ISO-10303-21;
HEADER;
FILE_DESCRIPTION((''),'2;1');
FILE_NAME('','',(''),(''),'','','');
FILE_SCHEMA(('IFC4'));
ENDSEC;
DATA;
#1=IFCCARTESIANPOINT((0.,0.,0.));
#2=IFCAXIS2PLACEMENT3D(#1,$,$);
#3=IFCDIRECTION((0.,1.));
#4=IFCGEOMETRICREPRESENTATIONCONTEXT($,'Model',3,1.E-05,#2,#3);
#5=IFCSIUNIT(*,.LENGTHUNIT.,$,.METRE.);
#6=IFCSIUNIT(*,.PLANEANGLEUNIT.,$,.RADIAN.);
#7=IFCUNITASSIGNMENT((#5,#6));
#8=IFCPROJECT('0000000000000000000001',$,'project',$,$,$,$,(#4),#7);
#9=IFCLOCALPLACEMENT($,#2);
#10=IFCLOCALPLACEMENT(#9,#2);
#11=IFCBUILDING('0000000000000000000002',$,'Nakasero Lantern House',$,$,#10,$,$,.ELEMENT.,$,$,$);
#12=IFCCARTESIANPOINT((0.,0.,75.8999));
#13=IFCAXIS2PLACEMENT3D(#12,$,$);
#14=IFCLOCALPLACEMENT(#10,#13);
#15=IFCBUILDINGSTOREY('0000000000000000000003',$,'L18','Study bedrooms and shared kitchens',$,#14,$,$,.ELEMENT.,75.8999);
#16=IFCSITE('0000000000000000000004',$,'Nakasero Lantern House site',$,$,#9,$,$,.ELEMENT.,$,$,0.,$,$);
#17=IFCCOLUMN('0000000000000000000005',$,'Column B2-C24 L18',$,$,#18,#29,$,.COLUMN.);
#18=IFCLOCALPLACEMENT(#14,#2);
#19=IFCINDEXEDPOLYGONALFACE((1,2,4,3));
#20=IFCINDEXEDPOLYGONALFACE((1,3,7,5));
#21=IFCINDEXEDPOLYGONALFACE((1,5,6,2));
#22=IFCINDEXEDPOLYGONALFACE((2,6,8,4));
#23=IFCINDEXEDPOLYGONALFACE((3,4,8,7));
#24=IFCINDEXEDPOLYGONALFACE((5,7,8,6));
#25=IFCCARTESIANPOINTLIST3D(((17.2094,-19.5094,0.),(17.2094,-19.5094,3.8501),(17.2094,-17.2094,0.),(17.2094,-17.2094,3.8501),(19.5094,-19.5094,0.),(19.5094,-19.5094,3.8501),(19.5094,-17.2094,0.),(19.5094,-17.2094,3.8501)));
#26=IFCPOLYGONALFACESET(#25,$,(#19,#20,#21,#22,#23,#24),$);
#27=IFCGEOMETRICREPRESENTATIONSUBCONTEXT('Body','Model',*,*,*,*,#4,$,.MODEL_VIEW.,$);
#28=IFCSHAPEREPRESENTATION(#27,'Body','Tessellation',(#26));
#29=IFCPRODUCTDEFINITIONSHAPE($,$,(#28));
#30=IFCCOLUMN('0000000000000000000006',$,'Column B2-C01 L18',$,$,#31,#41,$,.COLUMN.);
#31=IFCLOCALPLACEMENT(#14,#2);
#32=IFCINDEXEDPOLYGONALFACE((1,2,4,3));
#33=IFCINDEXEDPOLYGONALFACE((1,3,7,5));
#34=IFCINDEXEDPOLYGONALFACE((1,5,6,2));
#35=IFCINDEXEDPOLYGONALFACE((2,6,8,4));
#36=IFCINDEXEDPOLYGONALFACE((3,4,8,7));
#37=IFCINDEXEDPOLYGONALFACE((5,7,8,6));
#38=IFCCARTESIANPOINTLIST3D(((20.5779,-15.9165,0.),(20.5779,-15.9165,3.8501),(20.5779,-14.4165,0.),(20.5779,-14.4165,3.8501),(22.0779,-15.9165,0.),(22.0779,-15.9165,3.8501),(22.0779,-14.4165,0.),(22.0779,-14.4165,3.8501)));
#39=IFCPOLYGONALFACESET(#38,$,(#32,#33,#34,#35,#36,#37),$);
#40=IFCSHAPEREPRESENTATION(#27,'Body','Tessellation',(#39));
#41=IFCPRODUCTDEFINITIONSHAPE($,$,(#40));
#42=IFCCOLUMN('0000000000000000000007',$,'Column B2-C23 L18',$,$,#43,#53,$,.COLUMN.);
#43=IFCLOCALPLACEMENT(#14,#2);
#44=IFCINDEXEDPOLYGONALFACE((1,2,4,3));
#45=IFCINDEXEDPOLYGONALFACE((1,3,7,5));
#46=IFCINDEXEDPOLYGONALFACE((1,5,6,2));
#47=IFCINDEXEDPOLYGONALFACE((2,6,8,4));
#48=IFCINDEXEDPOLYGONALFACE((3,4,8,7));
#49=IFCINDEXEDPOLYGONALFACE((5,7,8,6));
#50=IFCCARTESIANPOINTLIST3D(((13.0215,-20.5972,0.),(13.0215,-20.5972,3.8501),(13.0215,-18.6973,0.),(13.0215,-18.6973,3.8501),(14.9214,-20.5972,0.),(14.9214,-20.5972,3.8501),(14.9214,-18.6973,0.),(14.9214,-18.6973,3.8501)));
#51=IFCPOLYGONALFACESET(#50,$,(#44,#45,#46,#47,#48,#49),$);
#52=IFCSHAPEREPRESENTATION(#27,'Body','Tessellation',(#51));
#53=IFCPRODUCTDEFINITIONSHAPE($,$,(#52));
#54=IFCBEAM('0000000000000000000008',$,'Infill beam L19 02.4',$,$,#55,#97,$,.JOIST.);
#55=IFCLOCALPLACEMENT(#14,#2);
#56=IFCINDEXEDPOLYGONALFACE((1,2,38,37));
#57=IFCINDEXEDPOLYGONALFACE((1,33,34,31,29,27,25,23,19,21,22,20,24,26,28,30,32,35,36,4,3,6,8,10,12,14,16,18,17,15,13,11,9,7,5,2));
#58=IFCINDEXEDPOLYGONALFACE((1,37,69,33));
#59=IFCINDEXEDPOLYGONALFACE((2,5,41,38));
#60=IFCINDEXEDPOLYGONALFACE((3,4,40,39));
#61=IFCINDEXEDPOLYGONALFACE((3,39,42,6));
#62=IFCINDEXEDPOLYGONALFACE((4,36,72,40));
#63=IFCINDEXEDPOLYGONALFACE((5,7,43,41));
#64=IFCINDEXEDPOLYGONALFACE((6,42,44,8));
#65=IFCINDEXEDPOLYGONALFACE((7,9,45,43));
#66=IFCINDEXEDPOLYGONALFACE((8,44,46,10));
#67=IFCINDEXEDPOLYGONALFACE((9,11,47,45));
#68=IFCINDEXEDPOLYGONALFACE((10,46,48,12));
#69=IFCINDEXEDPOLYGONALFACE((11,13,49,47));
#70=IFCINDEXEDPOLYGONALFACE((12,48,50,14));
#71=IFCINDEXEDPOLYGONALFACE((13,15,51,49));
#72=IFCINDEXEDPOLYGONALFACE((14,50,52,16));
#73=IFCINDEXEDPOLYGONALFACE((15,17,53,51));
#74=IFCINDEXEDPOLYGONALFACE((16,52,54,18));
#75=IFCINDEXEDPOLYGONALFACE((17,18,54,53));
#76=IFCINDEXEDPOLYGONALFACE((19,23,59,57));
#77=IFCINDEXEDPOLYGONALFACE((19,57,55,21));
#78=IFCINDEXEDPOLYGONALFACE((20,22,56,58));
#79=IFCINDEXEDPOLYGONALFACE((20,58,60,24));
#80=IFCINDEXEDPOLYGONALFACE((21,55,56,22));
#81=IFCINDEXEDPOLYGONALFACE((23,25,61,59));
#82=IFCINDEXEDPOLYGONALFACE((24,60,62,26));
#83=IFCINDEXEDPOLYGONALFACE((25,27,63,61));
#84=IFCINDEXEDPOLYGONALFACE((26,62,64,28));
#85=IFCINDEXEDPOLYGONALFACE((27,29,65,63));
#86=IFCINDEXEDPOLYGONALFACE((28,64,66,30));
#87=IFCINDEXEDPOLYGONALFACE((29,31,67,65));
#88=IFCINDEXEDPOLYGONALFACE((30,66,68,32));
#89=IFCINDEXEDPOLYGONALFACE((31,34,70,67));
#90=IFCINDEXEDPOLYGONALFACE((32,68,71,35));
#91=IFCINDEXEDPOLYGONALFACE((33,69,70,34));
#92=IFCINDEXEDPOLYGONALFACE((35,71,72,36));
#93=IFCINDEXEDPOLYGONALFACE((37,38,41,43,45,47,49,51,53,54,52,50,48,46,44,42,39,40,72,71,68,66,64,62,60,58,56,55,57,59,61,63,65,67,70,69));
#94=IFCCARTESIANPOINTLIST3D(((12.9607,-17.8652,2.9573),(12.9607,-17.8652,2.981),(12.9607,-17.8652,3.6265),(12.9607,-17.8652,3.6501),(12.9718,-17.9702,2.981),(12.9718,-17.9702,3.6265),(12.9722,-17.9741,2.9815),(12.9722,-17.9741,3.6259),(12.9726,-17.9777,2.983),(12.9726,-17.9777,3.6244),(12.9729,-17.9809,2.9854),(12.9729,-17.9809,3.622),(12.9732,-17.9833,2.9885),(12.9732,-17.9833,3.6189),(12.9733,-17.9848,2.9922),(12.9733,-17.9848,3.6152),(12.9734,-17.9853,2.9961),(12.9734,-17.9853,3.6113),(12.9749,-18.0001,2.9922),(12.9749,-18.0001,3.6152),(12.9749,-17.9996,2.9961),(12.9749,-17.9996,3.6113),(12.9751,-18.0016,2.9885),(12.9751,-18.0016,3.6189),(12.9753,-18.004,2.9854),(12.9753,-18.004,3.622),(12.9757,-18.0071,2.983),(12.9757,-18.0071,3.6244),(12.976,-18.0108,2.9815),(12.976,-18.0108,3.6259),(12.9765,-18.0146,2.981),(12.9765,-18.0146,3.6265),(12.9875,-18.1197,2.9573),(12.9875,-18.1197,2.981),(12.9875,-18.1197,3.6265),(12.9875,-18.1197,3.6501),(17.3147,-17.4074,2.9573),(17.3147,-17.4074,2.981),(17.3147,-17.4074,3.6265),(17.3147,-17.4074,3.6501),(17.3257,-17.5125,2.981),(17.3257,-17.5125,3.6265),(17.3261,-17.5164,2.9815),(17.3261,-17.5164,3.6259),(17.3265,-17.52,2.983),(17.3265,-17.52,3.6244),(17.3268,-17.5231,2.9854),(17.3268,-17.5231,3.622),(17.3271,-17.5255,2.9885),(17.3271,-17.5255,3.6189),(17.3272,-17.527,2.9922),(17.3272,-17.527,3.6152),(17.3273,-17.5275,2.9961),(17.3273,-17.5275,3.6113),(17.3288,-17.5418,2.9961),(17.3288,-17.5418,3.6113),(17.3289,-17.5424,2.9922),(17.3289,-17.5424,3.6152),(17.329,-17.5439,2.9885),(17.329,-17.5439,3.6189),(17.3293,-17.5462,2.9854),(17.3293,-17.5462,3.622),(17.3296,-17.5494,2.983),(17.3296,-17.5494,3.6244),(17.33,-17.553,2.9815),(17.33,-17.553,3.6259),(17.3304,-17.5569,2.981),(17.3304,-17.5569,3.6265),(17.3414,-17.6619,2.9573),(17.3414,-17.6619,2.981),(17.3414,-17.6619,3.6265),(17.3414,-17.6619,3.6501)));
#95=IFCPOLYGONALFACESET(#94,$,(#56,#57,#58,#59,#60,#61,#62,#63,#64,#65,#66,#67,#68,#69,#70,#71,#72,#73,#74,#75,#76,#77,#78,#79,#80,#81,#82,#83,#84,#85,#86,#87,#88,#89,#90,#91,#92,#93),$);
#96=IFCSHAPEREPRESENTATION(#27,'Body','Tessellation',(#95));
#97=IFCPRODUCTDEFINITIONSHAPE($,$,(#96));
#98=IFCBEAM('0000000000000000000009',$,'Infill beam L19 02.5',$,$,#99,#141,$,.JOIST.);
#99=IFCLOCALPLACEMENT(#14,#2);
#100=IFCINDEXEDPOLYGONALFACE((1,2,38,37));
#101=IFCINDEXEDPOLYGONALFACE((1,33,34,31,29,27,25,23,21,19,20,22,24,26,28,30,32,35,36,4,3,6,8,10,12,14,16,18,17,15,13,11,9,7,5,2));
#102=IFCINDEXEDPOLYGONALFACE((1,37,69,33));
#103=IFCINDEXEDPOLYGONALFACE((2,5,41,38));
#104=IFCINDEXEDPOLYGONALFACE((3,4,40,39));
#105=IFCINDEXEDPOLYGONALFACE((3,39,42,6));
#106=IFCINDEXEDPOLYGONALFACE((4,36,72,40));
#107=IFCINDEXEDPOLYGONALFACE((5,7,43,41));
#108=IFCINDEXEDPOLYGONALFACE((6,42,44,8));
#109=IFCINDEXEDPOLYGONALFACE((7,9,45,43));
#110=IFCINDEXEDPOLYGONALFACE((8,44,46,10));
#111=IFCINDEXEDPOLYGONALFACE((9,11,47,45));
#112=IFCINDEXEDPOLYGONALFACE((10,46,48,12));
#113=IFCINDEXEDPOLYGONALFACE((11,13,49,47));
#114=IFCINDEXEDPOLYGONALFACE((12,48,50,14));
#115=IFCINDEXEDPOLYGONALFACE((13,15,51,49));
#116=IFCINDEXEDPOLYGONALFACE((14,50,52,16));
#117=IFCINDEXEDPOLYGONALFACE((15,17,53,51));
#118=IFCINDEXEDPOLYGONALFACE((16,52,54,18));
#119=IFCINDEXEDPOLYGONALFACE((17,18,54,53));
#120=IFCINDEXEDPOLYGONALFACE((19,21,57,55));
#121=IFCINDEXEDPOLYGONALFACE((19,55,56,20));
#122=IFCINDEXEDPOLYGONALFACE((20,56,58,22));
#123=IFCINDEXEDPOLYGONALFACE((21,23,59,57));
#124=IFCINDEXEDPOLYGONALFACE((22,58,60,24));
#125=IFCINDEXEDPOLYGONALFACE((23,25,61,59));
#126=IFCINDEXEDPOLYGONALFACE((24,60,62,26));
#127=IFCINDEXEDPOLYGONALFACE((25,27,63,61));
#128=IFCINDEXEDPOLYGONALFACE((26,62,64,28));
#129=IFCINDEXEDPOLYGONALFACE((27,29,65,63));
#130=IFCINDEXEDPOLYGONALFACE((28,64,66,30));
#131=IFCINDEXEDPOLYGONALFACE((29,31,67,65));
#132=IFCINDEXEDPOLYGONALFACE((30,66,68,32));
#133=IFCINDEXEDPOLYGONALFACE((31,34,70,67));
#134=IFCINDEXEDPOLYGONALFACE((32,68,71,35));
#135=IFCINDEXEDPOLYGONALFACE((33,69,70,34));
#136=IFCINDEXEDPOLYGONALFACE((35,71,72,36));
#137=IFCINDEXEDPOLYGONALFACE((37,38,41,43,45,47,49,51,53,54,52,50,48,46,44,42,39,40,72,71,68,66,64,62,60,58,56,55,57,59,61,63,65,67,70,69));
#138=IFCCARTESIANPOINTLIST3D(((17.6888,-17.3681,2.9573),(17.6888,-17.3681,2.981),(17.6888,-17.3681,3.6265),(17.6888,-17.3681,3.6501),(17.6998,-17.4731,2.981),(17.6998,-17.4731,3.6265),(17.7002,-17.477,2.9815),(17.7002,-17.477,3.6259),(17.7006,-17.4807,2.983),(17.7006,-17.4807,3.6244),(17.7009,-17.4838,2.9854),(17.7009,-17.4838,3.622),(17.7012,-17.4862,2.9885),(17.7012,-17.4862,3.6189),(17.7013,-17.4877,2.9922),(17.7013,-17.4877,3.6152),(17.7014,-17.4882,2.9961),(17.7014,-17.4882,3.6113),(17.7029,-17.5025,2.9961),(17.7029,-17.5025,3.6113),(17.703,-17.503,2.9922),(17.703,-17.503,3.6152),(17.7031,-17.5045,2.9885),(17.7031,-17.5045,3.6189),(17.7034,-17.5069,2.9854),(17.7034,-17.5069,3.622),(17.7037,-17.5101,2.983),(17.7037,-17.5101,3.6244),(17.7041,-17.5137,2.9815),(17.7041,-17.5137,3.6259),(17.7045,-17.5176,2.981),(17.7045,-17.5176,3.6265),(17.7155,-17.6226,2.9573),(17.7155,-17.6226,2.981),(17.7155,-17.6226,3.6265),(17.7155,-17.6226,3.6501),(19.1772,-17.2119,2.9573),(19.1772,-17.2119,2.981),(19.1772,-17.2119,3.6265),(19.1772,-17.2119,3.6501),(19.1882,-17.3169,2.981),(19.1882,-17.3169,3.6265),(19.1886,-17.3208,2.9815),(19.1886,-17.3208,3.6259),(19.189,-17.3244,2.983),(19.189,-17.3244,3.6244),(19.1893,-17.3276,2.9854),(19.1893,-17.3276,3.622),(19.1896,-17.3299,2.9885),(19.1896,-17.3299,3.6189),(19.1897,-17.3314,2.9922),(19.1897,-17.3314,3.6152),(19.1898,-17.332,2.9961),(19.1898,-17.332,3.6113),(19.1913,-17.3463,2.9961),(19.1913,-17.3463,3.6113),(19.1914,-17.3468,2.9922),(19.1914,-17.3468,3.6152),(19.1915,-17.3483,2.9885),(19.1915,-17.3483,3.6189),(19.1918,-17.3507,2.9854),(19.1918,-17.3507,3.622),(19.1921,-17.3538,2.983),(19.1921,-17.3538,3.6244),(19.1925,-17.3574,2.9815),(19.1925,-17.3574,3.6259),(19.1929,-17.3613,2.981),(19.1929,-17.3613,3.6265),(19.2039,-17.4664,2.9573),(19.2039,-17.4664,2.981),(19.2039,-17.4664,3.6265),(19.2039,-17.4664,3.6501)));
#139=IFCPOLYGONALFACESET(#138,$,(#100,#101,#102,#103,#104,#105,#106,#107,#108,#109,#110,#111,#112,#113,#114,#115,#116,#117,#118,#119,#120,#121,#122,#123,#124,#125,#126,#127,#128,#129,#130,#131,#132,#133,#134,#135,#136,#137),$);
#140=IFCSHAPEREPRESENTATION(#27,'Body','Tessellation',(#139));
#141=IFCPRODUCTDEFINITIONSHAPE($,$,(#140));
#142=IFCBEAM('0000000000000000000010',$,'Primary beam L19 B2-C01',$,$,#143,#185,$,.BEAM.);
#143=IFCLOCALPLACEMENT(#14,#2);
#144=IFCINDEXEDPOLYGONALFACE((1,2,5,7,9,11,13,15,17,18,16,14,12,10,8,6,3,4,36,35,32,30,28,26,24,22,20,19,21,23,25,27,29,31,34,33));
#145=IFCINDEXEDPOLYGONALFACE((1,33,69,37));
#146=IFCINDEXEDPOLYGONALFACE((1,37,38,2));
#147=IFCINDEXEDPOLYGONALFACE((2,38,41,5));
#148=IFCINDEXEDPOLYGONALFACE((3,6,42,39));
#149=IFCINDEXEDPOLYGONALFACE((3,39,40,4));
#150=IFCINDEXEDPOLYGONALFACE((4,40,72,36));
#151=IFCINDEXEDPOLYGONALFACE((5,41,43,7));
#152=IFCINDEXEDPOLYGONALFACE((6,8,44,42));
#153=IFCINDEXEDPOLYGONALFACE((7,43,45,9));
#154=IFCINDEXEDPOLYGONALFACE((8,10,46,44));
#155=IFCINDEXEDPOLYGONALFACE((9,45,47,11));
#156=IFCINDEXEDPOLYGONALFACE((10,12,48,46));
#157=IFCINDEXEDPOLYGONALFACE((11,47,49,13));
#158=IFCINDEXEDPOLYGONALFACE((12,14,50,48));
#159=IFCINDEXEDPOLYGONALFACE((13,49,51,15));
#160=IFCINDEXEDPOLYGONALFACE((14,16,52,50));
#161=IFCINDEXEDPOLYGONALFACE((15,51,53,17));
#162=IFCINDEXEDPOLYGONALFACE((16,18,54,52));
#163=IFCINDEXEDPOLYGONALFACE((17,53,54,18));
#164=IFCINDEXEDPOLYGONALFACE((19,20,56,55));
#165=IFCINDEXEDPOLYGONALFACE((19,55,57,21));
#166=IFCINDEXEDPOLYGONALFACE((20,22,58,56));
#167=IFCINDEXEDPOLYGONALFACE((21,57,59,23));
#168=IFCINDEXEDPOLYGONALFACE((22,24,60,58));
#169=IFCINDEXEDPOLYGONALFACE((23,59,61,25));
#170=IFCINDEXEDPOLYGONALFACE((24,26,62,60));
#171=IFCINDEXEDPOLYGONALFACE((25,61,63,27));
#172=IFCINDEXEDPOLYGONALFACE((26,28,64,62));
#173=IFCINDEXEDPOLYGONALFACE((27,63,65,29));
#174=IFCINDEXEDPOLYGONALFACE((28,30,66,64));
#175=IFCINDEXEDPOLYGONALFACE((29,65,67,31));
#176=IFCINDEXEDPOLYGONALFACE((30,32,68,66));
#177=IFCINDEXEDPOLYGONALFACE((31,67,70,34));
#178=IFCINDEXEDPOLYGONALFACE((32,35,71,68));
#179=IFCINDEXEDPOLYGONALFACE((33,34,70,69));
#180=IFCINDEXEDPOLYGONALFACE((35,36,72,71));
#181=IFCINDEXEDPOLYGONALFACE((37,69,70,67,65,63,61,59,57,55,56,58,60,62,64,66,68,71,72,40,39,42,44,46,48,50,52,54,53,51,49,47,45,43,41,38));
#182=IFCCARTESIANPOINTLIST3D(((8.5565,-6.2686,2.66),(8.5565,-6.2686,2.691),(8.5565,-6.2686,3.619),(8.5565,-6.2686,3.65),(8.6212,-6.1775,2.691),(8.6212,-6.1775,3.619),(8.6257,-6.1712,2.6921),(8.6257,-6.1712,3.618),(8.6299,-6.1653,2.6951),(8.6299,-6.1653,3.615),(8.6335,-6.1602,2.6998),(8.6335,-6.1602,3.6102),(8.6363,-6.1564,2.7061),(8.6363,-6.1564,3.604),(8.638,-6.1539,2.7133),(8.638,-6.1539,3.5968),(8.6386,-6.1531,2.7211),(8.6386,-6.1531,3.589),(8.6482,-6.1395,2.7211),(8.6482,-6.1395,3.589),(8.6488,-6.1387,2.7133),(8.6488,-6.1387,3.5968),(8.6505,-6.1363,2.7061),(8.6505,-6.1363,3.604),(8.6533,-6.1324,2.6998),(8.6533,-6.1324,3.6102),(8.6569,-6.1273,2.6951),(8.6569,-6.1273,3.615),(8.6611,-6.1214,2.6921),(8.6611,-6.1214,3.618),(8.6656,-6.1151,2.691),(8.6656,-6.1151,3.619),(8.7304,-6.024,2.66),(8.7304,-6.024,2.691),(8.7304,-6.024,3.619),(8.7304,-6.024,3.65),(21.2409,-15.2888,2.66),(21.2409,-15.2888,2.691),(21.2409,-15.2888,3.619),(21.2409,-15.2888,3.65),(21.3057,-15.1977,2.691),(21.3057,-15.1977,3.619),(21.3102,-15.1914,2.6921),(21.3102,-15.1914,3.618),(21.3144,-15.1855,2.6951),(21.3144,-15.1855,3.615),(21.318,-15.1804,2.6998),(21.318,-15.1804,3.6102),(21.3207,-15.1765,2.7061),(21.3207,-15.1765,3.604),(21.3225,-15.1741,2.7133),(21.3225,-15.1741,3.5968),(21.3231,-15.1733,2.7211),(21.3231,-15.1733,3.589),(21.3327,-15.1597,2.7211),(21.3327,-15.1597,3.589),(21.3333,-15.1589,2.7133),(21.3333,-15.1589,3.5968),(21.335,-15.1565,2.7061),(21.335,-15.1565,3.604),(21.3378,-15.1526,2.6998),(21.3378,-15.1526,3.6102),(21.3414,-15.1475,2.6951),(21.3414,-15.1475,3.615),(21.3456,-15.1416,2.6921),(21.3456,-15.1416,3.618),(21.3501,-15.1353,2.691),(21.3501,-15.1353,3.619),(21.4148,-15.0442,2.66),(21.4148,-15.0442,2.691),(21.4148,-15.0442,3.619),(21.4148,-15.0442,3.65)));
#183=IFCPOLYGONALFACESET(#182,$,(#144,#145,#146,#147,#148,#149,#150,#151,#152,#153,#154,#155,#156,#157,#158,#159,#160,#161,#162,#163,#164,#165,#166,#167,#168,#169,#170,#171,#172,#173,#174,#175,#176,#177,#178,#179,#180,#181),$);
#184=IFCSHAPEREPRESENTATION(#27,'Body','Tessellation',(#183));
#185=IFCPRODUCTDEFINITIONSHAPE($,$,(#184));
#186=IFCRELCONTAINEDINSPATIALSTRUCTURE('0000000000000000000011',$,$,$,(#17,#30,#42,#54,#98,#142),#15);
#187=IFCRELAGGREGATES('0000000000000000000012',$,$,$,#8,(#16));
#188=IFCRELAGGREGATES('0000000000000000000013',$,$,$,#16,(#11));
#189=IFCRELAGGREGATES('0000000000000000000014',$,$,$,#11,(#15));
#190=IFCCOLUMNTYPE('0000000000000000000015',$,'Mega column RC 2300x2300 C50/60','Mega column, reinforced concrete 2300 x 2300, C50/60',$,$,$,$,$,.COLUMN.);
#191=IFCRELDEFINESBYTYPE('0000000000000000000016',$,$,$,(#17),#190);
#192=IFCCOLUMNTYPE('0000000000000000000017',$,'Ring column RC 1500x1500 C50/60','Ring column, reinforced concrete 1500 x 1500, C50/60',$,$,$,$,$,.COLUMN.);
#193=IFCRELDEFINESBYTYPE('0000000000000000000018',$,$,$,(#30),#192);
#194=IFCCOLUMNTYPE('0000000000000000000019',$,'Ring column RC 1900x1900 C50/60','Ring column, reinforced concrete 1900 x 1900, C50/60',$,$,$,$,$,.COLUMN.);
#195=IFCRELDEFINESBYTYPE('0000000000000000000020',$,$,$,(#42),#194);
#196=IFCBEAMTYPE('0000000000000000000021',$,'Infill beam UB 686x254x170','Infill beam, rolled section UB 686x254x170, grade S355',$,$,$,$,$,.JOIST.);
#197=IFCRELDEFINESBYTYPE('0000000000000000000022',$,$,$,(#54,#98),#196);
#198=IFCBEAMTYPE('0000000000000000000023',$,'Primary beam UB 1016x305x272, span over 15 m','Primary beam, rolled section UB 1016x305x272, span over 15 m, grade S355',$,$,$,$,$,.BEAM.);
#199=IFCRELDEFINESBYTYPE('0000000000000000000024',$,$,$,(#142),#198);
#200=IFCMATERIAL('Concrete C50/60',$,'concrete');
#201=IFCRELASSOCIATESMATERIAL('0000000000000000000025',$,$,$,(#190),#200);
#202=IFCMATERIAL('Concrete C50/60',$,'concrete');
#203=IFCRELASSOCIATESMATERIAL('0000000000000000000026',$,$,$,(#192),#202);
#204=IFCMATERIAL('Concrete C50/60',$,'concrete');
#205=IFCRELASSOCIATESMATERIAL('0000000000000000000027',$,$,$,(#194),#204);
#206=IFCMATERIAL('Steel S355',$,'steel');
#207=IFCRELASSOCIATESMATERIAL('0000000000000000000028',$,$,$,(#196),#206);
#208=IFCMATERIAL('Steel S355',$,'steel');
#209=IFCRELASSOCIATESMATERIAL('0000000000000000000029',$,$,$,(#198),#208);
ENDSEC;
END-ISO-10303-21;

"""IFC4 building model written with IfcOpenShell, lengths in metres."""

from ifc_helpers import new_model, si_unit, direction, frame, origin, origin_2d, place, context, subcontext, project, spatial, rectangle, i_section, extrude, material, material_profile, profile_set, type_object, element, save


model = new_model("IFC4")

# Units and contexts
model_context = context("Model", 3, precision=1e-05, world=origin(), true_north=direction((0.0, 1.0)))
body_context = subcontext(model_context, "Body", "Model", "MODEL_VIEW")
ifc_project = project(units=[si_unit("LENGTHUNIT", "METRE"), si_unit("PLANEANGLEUNIT", "RADIAN")], contexts=[model_context])

# Site, building, storey
site_placement = place(None, origin())
site = spatial("IfcSite", under=ifc_project, at=site_placement, Name="Nakasero Lantern House site", CompositionType="ELEMENT", RefElevation=0.0)
building_placement = place(site_placement, origin())
building = spatial("IfcBuilding", under=site, at=building_placement, Name="Nakasero Lantern House", CompositionType="ELEMENT")
storey_placement = place(building_placement, frame((0.0, 0.0, 75.8999)))
storey = spatial("IfcBuildingStorey", under=building, at=storey_placement, Name="L18", Description="Study bedrooms and shared kitchens", CompositionType="ELEMENT", Elevation=75.8999)

# Columns
ifc_material_1 = material(Name="Concrete C50/60", Category="concrete")
ifc_material_profile_1 = material_profile(ifc_material_1, rectangle(XDim=2.3, YDim=2.3, at=origin_2d()), Name="RC 2300x2300")
ifc_profile_set_1 = profile_set([ifc_material_profile_1], Name="Concrete C50/60")
column_type_1 = type_object("IfcColumnType", Name="Mega column RC 2300x2300 C50/60", Description="Mega column, reinforced concrete 2300 x 2300, C50/60", PredefinedType="COLUMN", material=ifc_profile_set_1)
column_1_placement = place(storey_placement, frame((18.3594, -18.3594, 0.0), z_axis=(0.0, 0.0, 1.0), x_axis=(1.0, 0.0, 0.0)))
element("IfcColumn", 1, at=column_1_placement, inside=storey, type_object=column_type_1, Name="Column B2-C24 L18", PredefinedType="COLUMN", context=body_context, shape_type="SweptSolid", body=[
    extrude(rectangle(XDim=2.3, YDim=2.3, at=origin_2d()), origin(), (0.0, 0.0, 1.0), 3.8501),
])
ifc_material_2 = material(Name="Concrete C50/60", Category="concrete")
ifc_material_profile_2 = material_profile(ifc_material_2, rectangle(XDim=1.5, YDim=1.5, at=origin_2d()), Name="RC 1500x1500")
ifc_profile_set_2 = profile_set([ifc_material_profile_2], Name="Concrete C50/60")
column_type_2 = type_object("IfcColumnType", Name="Ring column RC 1500x1500 C50/60", Description="Ring column, reinforced concrete 1500 x 1500, C50/60", PredefinedType="COLUMN", material=ifc_profile_set_2)
column_2_placement = place(storey_placement, frame((21.3279, -15.1665, 0.0), z_axis=(0.0, 0.0, 1.0), x_axis=(1.0, 0.0, 0.0)))
element("IfcColumn", 2, at=column_2_placement, inside=storey, type_object=column_type_2, Name="Column B2-C01 L18", PredefinedType="COLUMN", context=body_context, shape_type="SweptSolid", body=[
    extrude(rectangle(XDim=1.5, YDim=1.5, at=origin_2d()), origin(), (0.0, 0.0, 1.0), 3.8501),
])
ifc_material_3 = material(Name="Concrete C50/60", Category="concrete")
ifc_material_profile_3 = material_profile(ifc_material_3, rectangle(XDim=1.8999, YDim=1.8999, at=origin_2d()), Name="RC 1900x1900")
ifc_profile_set_3 = profile_set([ifc_material_profile_3], Name="Concrete C50/60")
column_type_3 = type_object("IfcColumnType", Name="Ring column RC 1900x1900 C50/60", Description="Ring column, reinforced concrete 1900 x 1900, C50/60", PredefinedType="COLUMN", material=ifc_profile_set_3)
column_3_placement = place(storey_placement, frame((13.9714, -19.6472, 0.0), z_axis=(0.0, 0.0, 1.0), x_axis=(1.0, 0.0, 0.0)))
element("IfcColumn", 3, at=column_3_placement, inside=storey, type_object=column_type_3, Name="Column B2-C23 L18", PredefinedType="COLUMN", context=body_context, shape_type="SweptSolid", body=[
    extrude(rectangle(XDim=1.8999, YDim=1.8999, at=origin_2d()), origin(), (0.0, 0.0, 1.0), 3.8501),
])

# Beams
ifc_material_4 = material(Name="Steel S355", Category="steel")
ifc_material_profile_4 = material_profile(ifc_material_4, i_section(OverallWidth=0.2559, OverallDepth=0.6929, WebThickness=0.0144, FlangeThickness=0.0237, FilletRadius=0.0151, at=origin_2d()), Name="UB 686x254x170")
ifc_profile_set_4 = profile_set([ifc_material_profile_4], Name="Steel S355")
beam_type_1 = type_object("IfcBeamType", Name="Infill beam UB 686x254x170", Description="Infill beam, rolled section UB 686x254x170, grade S355", PredefinedType="JOIST", material=ifc_profile_set_4)
beam_1_placement = place(storey_placement, frame((12.9741, -17.9924, 3.3037), z_axis=(0.994519, 0.10456, 0.0), x_axis=(-0.10456, 0.994519, 0.0)))
element("IfcBeam", 4, at=beam_1_placement, inside=storey, type_object=beam_type_1, Name="Infill beam L19 02.4", PredefinedType="JOIST", context=body_context, shape_type="SweptSolid", body=[
    extrude(i_section(OverallWidth=0.2559, OverallDepth=0.6929, WebThickness=0.0144, FlangeThickness=0.0237, FilletRadius=0.0151, at=origin_2d()), origin(), (0.0, 0.0, 1.0), 4.3779),
])
beam_2_placement = place(storey_placement, frame((17.7021, -17.4954, 3.3037), z_axis=(0.994536, 0.104396, 0.0), x_axis=(-0.104396, 0.994536, 0.0)))
element("IfcBeam", 5, at=beam_2_placement, inside=storey, type_object=beam_type_1, Name="Infill beam L19 02.5", PredefinedType="JOIST", context=body_context, shape_type="SweptSolid", body=[
    extrude(i_section(OverallWidth=0.2559, OverallDepth=0.6929, WebThickness=0.0144, FlangeThickness=0.0237, FilletRadius=0.0151, at=origin_2d()), origin(), (0.0, 0.0, 1.0), 1.4966),
])
ifc_material_5 = material(Name="Steel S355", Category="steel")
ifc_material_profile_5 = material_profile(ifc_material_5, i_section(OverallWidth=0.3, OverallDepth=0.99, WebThickness=0.0166, FlangeThickness=0.031, FilletRadius=0.03, at=origin_2d()), Name="UB 1016x305x272")
ifc_profile_set_5 = profile_set([ifc_material_profile_5], Name="Steel S355")
beam_type_2 = type_object("IfcBeamType", Name="Primary beam UB 1016x305x272, span over 15 m", Description="Primary beam, rolled section UB 1016x305x272, span over 15 m, grade S355", PredefinedType="BEAM", material=ifc_profile_set_5)
beam_3_placement = place(storey_placement, frame((21.3279, -15.1665, 3.155), z_axis=(-0.814952, 0.579529, 0.0), x_axis=(-0.579529, -0.814952, 0.0)))
element("IfcBeam", 6, at=beam_3_placement, inside=storey, type_object=beam_type_2, Name="Primary beam L19 B2-C01", PredefinedType="BEAM", context=body_context, shape_type="SweptSolid", body=[
    extrude(i_section(OverallWidth=0.3, OverallDepth=0.99, WebThickness=0.0166, FlangeThickness=0.031, FilletRadius=0.03, at=origin_2d()), origin(), (0.0, 0.0, 1.0), 15.5647),
])

save(model, "model.ifc")
